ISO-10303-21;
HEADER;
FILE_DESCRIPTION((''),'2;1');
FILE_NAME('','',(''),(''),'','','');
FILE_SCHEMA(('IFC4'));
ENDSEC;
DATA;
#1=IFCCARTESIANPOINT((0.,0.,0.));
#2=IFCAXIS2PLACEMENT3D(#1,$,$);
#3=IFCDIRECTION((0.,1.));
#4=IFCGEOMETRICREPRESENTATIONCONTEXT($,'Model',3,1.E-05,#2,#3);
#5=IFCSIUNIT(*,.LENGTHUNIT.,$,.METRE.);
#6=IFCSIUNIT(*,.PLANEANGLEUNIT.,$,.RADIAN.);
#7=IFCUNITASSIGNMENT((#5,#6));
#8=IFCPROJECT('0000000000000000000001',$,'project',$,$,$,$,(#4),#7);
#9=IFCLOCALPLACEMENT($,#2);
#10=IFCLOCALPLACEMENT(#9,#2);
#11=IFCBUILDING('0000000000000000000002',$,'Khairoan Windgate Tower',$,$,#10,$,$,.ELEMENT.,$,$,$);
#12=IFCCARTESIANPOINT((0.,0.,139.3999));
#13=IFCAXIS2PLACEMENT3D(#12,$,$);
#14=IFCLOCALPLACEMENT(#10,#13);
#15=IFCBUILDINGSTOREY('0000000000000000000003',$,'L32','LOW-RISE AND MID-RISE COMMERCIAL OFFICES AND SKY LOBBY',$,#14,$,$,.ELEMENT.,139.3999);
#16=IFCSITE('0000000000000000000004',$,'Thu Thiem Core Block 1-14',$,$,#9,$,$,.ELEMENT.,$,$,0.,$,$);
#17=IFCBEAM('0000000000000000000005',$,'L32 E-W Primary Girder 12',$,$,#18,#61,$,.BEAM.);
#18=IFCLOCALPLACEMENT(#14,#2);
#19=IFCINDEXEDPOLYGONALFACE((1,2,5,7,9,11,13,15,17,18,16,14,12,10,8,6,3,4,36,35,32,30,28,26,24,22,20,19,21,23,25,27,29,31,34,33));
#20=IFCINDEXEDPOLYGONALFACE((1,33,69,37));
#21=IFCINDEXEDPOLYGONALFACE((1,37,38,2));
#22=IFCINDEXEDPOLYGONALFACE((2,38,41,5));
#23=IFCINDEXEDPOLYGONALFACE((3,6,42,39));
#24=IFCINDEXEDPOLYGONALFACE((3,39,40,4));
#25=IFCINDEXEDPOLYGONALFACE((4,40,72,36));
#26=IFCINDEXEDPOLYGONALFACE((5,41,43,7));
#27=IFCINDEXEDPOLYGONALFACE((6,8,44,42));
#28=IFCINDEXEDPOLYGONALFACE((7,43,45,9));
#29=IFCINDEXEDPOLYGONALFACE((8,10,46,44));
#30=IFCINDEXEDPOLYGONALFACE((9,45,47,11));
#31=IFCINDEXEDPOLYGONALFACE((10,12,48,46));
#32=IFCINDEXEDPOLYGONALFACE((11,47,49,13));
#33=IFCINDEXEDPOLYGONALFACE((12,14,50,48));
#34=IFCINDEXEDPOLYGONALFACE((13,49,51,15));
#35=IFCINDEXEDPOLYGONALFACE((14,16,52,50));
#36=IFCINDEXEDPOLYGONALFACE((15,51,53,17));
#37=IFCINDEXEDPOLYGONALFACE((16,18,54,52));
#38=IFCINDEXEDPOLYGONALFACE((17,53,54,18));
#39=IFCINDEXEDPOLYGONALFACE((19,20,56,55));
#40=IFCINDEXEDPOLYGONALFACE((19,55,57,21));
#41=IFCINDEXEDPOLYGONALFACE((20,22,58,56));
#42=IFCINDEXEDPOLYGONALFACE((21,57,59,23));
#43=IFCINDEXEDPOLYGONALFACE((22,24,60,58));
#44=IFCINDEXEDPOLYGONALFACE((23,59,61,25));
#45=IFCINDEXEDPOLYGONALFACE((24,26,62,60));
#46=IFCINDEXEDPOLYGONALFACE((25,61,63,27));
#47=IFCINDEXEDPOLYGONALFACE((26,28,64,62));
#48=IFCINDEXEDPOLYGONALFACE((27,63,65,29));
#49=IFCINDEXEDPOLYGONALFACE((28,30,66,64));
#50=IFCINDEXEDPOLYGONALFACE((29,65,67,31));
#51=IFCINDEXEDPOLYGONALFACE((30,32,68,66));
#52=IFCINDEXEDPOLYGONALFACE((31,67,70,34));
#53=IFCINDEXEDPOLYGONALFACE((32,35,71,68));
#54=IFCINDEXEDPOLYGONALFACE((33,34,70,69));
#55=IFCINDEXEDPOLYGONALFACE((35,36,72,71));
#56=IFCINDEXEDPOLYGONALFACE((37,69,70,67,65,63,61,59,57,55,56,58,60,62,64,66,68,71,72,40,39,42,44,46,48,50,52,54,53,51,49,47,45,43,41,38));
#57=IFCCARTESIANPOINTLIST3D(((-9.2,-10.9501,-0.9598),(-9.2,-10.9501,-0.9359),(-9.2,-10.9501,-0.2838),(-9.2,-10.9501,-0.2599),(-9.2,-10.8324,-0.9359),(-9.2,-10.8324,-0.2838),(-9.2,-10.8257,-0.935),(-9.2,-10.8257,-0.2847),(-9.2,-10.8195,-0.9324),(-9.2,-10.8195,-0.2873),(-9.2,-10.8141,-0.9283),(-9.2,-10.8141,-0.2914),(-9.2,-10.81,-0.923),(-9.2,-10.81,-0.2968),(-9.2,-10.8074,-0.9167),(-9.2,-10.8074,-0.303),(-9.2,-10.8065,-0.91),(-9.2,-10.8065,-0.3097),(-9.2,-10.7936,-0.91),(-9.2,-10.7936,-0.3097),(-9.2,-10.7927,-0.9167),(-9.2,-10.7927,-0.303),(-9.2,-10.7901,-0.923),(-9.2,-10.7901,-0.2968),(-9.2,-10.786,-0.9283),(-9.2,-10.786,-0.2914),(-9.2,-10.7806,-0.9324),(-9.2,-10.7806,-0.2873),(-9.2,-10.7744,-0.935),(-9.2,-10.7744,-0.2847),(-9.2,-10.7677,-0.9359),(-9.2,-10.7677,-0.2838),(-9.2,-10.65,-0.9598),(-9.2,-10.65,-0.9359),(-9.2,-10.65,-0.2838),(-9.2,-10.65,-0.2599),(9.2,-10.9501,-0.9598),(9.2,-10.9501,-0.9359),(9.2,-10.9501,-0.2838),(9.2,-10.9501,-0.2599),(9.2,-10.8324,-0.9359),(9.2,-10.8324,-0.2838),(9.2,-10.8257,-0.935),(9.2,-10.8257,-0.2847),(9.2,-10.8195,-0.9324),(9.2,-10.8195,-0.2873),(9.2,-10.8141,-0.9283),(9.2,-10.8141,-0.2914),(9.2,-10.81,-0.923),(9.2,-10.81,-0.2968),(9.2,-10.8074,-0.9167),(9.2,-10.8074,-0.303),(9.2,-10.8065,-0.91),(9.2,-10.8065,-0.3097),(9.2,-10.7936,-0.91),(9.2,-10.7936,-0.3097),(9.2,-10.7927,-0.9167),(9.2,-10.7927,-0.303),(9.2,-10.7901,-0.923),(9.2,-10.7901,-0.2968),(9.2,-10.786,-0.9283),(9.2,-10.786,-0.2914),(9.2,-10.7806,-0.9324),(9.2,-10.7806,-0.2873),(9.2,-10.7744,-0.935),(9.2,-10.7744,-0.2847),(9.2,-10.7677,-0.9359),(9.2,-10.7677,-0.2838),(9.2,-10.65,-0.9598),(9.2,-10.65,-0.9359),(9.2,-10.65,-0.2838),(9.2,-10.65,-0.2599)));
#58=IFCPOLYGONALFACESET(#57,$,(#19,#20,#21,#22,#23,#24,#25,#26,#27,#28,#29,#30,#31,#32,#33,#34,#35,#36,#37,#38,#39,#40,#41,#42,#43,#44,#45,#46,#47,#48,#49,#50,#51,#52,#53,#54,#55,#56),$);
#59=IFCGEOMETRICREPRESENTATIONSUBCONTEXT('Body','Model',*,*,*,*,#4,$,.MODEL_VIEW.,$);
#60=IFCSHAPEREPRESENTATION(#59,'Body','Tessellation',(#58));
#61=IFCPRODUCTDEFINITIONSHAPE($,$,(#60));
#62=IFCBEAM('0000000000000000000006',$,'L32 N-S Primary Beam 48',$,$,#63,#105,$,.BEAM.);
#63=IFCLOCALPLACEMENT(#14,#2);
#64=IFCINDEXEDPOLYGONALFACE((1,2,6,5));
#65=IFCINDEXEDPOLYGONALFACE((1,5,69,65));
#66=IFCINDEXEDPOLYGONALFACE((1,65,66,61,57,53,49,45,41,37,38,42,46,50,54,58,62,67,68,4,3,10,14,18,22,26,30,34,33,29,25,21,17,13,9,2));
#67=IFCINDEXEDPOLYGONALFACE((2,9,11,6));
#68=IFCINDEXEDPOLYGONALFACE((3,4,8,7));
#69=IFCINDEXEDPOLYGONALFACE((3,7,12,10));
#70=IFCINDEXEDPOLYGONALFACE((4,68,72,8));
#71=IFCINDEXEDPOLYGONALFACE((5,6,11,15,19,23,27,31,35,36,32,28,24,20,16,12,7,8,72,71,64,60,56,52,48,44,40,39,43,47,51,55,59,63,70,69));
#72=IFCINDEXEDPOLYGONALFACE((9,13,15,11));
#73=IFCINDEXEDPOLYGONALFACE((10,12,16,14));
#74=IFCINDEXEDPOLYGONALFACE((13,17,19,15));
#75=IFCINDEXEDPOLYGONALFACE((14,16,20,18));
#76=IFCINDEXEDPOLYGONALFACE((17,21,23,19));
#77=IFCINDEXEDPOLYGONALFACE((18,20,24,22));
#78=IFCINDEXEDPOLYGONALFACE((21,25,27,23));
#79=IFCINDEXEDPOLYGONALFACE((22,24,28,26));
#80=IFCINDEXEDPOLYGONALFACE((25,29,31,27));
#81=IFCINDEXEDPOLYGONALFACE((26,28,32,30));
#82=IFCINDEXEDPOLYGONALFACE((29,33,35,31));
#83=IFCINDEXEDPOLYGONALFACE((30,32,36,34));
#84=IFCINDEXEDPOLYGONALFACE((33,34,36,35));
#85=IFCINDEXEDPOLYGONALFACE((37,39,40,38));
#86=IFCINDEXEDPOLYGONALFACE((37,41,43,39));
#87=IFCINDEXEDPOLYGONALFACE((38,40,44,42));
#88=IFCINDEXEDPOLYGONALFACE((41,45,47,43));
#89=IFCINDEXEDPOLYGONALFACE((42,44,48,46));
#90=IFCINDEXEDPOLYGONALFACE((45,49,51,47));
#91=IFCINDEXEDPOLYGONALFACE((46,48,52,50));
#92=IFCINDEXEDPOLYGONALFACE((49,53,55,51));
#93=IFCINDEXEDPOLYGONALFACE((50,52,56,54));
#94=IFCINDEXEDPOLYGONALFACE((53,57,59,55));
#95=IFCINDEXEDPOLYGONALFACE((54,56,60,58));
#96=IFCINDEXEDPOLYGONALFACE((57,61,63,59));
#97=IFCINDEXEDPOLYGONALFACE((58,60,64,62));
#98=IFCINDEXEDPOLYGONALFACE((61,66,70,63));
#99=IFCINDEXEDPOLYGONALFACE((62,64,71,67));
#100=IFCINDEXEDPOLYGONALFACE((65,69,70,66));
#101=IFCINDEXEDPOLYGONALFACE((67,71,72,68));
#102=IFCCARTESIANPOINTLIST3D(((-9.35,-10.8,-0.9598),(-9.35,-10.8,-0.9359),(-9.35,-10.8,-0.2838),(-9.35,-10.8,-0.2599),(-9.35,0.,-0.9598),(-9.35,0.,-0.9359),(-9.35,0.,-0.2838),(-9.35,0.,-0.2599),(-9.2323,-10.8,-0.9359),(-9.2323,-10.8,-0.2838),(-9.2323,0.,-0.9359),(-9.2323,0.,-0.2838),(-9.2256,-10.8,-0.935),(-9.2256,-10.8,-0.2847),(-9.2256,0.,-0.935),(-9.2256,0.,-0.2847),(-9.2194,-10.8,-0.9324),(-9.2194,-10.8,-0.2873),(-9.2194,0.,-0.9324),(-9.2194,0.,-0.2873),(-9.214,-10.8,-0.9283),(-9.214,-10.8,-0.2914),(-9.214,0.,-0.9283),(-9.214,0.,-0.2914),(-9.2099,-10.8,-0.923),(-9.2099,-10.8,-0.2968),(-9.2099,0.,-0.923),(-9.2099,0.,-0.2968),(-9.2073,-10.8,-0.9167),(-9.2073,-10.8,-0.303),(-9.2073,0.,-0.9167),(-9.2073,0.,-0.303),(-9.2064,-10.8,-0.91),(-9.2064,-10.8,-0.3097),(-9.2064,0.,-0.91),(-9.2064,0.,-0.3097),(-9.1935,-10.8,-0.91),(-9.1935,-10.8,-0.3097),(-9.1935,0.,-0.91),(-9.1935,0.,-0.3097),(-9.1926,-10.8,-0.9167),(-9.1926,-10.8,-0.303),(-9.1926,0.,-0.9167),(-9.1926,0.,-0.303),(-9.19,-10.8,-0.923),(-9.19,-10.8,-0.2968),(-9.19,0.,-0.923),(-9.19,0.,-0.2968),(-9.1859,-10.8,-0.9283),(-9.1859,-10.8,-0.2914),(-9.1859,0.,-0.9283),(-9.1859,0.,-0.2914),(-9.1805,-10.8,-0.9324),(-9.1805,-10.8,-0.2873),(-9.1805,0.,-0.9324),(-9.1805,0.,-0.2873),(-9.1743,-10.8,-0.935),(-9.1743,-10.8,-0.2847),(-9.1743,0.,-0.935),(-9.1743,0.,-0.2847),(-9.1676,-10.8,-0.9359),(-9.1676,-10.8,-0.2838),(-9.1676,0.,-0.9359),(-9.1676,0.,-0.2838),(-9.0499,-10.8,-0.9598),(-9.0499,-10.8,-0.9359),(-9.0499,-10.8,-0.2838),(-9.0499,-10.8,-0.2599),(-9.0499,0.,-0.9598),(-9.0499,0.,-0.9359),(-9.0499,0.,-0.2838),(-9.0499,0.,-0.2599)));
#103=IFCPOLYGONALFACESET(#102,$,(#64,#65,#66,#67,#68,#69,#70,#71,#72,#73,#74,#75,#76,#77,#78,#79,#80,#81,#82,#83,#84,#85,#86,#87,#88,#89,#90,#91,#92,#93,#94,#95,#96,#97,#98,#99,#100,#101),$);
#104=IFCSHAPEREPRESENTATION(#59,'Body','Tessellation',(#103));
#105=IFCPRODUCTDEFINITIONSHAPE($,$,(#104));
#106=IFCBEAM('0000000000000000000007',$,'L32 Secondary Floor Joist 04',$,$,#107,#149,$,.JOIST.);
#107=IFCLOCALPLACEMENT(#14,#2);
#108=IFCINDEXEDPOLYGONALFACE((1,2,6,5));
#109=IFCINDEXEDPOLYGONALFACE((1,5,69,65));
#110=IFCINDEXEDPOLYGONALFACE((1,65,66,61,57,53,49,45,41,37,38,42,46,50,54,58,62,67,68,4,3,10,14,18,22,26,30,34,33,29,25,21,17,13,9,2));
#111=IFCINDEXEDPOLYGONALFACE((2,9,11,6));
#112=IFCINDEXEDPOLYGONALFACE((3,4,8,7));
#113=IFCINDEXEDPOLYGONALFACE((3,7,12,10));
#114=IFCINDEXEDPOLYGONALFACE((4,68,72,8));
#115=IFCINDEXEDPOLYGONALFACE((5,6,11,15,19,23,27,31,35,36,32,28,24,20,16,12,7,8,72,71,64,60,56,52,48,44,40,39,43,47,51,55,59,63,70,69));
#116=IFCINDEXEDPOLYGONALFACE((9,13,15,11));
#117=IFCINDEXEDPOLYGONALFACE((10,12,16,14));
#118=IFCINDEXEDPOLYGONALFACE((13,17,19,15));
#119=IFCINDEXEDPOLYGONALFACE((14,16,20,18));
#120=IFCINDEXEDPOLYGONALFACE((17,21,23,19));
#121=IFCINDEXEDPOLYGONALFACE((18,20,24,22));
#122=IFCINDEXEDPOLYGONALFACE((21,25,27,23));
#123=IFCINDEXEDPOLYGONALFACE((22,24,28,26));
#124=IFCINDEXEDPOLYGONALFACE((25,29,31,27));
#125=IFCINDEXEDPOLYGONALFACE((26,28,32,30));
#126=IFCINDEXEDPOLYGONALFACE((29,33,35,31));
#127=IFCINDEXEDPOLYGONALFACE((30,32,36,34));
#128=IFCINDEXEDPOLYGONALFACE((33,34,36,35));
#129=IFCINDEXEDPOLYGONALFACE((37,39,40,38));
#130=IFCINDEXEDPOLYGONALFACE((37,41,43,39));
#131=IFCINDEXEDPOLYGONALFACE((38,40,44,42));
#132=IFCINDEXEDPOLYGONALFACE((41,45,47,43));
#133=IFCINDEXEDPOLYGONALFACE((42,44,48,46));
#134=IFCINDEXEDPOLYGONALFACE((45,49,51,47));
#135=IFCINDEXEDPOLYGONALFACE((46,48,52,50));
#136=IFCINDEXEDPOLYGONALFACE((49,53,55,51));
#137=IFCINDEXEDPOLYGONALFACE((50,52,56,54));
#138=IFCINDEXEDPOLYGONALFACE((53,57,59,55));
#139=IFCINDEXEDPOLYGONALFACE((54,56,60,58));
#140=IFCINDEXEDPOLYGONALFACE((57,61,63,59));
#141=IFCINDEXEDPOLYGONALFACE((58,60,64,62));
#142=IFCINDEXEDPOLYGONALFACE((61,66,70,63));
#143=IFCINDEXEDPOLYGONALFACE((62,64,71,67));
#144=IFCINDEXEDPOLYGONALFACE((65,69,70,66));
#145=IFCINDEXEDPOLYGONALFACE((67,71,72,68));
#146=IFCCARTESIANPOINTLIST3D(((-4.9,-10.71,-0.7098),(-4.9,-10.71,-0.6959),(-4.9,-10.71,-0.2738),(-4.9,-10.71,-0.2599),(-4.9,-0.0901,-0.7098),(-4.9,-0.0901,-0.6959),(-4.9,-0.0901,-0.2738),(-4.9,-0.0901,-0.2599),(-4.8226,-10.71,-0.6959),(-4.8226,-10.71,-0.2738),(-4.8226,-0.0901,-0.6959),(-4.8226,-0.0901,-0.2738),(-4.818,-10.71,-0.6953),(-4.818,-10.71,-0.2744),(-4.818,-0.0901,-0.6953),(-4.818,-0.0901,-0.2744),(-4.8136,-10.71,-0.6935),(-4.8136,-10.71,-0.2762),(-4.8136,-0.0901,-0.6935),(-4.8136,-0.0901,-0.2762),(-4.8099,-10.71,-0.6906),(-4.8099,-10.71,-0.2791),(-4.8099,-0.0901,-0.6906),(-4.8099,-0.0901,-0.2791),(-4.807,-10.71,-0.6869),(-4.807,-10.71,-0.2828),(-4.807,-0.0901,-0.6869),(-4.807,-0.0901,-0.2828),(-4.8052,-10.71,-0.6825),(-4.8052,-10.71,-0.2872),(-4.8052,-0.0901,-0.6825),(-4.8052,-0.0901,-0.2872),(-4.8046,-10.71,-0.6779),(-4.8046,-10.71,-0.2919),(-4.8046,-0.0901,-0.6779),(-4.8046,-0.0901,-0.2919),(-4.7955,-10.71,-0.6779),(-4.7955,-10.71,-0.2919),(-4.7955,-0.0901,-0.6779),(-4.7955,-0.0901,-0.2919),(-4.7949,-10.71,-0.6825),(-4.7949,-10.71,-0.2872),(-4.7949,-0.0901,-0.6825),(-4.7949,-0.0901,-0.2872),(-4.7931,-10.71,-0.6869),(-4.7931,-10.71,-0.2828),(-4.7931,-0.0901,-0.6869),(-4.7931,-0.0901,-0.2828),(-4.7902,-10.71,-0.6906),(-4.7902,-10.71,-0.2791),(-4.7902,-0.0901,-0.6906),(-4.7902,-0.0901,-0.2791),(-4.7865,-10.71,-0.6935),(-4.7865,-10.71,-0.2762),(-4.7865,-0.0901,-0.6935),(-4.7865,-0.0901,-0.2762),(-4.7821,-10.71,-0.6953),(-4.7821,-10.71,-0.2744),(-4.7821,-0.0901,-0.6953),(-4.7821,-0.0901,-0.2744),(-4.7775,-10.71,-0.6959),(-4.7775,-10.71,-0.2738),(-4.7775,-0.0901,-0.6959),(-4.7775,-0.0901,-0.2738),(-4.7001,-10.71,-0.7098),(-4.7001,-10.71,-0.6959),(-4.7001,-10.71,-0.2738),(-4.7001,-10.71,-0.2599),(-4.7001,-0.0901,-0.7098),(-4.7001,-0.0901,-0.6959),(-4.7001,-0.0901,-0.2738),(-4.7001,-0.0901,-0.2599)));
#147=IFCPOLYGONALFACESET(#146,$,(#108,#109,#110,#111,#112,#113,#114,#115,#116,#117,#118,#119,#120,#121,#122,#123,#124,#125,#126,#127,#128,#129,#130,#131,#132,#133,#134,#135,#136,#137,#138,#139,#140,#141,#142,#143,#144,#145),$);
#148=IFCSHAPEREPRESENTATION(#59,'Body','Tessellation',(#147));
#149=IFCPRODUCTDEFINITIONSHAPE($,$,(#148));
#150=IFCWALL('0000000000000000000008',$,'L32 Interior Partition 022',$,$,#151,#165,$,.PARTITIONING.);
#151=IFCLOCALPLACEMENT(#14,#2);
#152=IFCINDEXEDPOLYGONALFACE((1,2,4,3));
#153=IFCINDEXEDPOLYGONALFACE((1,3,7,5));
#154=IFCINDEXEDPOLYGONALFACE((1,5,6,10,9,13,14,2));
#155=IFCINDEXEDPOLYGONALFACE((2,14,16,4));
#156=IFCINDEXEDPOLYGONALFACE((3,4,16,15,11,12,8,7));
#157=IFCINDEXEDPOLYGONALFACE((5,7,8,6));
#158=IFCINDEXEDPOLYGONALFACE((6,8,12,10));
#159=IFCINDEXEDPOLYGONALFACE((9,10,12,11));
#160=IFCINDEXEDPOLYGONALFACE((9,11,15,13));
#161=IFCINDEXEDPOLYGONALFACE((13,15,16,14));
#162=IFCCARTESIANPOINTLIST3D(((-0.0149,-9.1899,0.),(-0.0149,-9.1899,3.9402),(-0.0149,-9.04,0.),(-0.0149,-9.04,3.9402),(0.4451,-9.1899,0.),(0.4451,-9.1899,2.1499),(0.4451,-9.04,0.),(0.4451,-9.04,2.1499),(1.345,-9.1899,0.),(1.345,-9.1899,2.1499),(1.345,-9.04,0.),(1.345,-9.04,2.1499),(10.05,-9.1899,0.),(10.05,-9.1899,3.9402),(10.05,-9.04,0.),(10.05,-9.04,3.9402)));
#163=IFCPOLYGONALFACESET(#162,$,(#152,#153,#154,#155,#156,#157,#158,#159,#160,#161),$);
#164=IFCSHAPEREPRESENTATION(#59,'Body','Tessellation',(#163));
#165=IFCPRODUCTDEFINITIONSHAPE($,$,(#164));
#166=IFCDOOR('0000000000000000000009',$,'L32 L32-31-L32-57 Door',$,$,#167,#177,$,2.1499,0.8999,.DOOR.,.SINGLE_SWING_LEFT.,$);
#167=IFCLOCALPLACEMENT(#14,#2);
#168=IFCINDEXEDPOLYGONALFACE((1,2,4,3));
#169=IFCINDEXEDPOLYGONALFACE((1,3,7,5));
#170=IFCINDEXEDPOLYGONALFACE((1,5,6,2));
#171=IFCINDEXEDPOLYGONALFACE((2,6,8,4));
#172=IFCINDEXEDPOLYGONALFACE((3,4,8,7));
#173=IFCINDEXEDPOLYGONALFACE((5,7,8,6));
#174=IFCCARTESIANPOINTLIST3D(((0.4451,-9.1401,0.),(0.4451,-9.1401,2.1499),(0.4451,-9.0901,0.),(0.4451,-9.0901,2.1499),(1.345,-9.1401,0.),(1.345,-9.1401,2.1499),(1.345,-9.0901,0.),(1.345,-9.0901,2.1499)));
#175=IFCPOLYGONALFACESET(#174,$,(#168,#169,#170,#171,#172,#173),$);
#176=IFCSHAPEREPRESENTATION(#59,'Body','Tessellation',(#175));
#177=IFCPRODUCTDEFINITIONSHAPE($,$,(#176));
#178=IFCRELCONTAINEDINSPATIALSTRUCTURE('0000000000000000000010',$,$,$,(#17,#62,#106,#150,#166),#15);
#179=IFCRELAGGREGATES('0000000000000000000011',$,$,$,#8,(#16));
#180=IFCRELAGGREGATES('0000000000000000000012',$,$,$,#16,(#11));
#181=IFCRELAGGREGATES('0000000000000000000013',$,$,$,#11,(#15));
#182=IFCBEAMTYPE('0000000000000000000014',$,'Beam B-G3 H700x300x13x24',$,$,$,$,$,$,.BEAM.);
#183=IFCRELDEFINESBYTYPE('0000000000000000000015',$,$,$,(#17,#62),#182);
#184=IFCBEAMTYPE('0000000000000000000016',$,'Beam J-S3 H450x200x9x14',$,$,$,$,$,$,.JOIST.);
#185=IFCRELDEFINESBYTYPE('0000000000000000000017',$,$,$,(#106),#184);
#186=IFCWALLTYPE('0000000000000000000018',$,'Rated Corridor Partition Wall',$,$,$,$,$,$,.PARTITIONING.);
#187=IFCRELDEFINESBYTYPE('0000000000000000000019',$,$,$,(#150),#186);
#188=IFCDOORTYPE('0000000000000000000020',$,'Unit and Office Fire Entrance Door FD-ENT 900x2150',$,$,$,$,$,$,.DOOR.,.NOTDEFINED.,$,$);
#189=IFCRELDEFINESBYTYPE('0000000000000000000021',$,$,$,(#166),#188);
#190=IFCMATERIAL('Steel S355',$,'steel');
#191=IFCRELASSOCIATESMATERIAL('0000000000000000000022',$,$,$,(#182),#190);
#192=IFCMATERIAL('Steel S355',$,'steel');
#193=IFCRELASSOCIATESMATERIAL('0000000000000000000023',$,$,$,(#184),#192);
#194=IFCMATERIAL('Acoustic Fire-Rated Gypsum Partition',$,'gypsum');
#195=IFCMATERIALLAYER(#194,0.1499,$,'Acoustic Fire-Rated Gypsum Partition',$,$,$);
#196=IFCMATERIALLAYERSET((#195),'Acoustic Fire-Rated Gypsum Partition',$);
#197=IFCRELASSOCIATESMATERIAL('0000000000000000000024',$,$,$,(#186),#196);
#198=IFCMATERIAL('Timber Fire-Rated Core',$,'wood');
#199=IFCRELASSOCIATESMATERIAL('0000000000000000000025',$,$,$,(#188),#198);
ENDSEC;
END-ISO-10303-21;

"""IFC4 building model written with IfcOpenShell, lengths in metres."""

from ifc_helpers import new_model, si_unit, direction, frame, frame_2d, origin, origin_2d, place, context, subcontext, project, spatial, rectangle, i_section, extrude, material, layer, layer_set, material_profile, profile_set, type_object, element, fill, save


model = new_model("IFC4")

# Units and contexts
model_context = context("Model", 3, precision=1e-05, world=origin(), true_north=direction((0.0, 1.0)))
body_context = subcontext(model_context, "Body", "Model", "MODEL_VIEW")
ifc_project = project(units=[si_unit("LENGTHUNIT", "METRE"), si_unit("PLANEANGLEUNIT", "RADIAN")], contexts=[model_context])

# Site, building, storey
site_placement = place(None, origin())
site = spatial("IfcSite", under=ifc_project, at=site_placement, Name="Thu Thiem Core Block 1-14", CompositionType="ELEMENT", RefElevation=0.0)
building_placement = place(site_placement, origin())
building = spatial("IfcBuilding", under=site, at=building_placement, Name="Khairoan Windgate Tower", CompositionType="ELEMENT")
storey_placement = place(building_placement, frame((0.0, 0.0, 139.3999)))
storey = spatial("IfcBuildingStorey", under=building, at=storey_placement, Name="L32", Description="LOW-RISE AND MID-RISE COMMERCIAL OFFICES AND SKY LOBBY", CompositionType="ELEMENT", Elevation=139.3999)

# Beams
ifc_material_1 = material(Name="Steel S355", Category="steel")
ifc_material_profile_1 = material_profile(ifc_material_1, i_section(OverallWidth=0.3, OverallDepth=0.7, WebThickness=0.0129, FlangeThickness=0.0239, FilletRadius=0.0259, at=origin_2d()))
ifc_profile_set_1 = profile_set([ifc_material_profile_1], Name="Steel S355")
beam_type_1 = type_object("IfcBeamType", Name="Beam B-G3 H700x300x13x24", PredefinedType="BEAM", material=ifc_profile_set_1)
beam_1_placement = place(storey_placement, frame((-9.2, -10.8, -0.6099), z_axis=(1.0, 0.0, 0.0), x_axis=(0.0, 1.0, 0.0)))
element("IfcBeam", 1, at=beam_1_placement, inside=storey, type_object=beam_type_1, Name="L32 E-W Primary Girder 12", PredefinedType="BEAM", context=body_context, shape_type="SweptSolid", body=[
    extrude(i_section(OverallWidth=0.3, OverallDepth=0.7, WebThickness=0.0129, FlangeThickness=0.0239, FilletRadius=0.0259, at=origin_2d()), origin(), (0.0, 0.0, 1.0), 18.3999),
])
beam_2_placement = place(storey_placement, frame((-9.2, -10.8, -0.6099), z_axis=(0.0, 1.0, 0.0), x_axis=(-1.0, 0.0, 0.0)))
element("IfcBeam", 2, at=beam_2_placement, inside=storey, type_object=beam_type_1, Name="L32 N-S Primary Beam 48", PredefinedType="BEAM", context=body_context, shape_type="SweptSolid", body=[
    extrude(i_section(OverallWidth=0.3, OverallDepth=0.7, WebThickness=0.0129, FlangeThickness=0.0239, FilletRadius=0.0259, at=origin_2d()), origin(), (0.0, 0.0, 1.0), 10.8),
])
ifc_material_2 = material(Name="Steel S355", Category="steel")
ifc_material_profile_2 = material_profile(ifc_material_2, i_section(OverallWidth=0.2, OverallDepth=0.45, WebThickness=0.009, FlangeThickness=0.0139, FilletRadius=0.0181, at=origin_2d()))
ifc_profile_set_2 = profile_set([ifc_material_profile_2], Name="Steel S355")
beam_type_2 = type_object("IfcBeamType", Name="Beam J-S3 H450x200x9x14", PredefinedType="JOIST", material=ifc_profile_set_2)
beam_3_placement = place(storey_placement, frame((-4.8, -10.71, -0.4849), z_axis=(0.0, 1.0, 0.0), x_axis=(-1.0, 0.0, 0.0)))
element("IfcBeam", 3, at=beam_3_placement, inside=storey, type_object=beam_type_2, Name="L32 Secondary Floor Joist 04", PredefinedType="JOIST", context=body_context, shape_type="SweptSolid", body=[
    extrude(i_section(OverallWidth=0.2, OverallDepth=0.45, WebThickness=0.009, FlangeThickness=0.0139, FilletRadius=0.0181, at=origin_2d()), origin(), (0.0, 0.0, 1.0), 10.6199),
])

# Wall, opening, door
ifc_material_3 = material(Name="Acoustic Fire-Rated Gypsum Partition", Category="gypsum")
ifc_layer = layer(ifc_material_3, 0.1499, Name="Acoustic Fire-Rated Gypsum Partition")
ifc_layer_set = layer_set([ifc_layer], Name="Acoustic Fire-Rated Gypsum Partition")
wall_type = type_object("IfcWallType", Name="Rated Corridor Partition Wall", PredefinedType="PARTITIONING", material=ifc_layer_set)
wall_1_placement = place(storey_placement, frame((-0.0149, -9.115, 0.0), z_axis=(0.0, 0.0, 1.0), x_axis=(1.0, 0.0, 0.0)))
wall_1 = element("IfcWall", 4, at=wall_1_placement, inside=storey, type_object=wall_type, Name="L32 Interior Partition 022", PredefinedType="PARTITIONING", context=body_context, shape_type="SweptSolid", body=[
    extrude(rectangle(XDim=10.0649, YDim=0.1499, at=frame_2d((5.0325, 0.0))), origin(), (0.0, 0.0, 1.0), 3.9402),
])
opening_1_placement = place(wall_1_placement, frame((0.46, 0.0, 0.0)))
opening_1 = element("IfcOpeningElement", 5, at=opening_1_placement, cuts=wall_1, PredefinedType="OPENING", context=body_context, shape_type="SweptSolid", body=[
    extrude(rectangle(XDim=0.8999, YDim=2.1499, at=frame_2d((0.45, 1.075))), frame((0.0, 0.085, 0.0), z_axis=(0.0, -1.0, 0.0), x_axis=(1.0, 0.0, 0.0)), (0.0, 0.0, 1.0), 0.1699),
])
ifc_material_4 = material(Name="Timber Fire-Rated Core", Category="wood")
door_type = type_object("IfcDoorType", Name="Unit and Office Fire Entrance Door FD-ENT 900x2150", OperationType="NOTDEFINED", PredefinedType="DOOR", material=ifc_material_4)
door_1_placement = place(opening_1_placement, origin())
door_1 = element("IfcDoor", 6, at=door_1_placement, inside=storey, type_object=door_type, Name="L32 L32-31-L32-57 Door", OperationType="SINGLE_SWING_LEFT", OverallHeight=2.1499, OverallWidth=0.8999, PredefinedType="DOOR", context=body_context, shape_type="SweptSolid", body=[
    extrude(rectangle(XDim=0.8999, YDim=2.1499, at=frame_2d((0.45, 1.075))), frame((0.0, 0.0249, 0.0), z_axis=(0.0, -1.0, 0.0), x_axis=(1.0, 0.0, 0.0)), (0.0, 0.0, 1.0), 0.05),
])
fill(opening_1, door_1)

save(model, "model.ifc")
